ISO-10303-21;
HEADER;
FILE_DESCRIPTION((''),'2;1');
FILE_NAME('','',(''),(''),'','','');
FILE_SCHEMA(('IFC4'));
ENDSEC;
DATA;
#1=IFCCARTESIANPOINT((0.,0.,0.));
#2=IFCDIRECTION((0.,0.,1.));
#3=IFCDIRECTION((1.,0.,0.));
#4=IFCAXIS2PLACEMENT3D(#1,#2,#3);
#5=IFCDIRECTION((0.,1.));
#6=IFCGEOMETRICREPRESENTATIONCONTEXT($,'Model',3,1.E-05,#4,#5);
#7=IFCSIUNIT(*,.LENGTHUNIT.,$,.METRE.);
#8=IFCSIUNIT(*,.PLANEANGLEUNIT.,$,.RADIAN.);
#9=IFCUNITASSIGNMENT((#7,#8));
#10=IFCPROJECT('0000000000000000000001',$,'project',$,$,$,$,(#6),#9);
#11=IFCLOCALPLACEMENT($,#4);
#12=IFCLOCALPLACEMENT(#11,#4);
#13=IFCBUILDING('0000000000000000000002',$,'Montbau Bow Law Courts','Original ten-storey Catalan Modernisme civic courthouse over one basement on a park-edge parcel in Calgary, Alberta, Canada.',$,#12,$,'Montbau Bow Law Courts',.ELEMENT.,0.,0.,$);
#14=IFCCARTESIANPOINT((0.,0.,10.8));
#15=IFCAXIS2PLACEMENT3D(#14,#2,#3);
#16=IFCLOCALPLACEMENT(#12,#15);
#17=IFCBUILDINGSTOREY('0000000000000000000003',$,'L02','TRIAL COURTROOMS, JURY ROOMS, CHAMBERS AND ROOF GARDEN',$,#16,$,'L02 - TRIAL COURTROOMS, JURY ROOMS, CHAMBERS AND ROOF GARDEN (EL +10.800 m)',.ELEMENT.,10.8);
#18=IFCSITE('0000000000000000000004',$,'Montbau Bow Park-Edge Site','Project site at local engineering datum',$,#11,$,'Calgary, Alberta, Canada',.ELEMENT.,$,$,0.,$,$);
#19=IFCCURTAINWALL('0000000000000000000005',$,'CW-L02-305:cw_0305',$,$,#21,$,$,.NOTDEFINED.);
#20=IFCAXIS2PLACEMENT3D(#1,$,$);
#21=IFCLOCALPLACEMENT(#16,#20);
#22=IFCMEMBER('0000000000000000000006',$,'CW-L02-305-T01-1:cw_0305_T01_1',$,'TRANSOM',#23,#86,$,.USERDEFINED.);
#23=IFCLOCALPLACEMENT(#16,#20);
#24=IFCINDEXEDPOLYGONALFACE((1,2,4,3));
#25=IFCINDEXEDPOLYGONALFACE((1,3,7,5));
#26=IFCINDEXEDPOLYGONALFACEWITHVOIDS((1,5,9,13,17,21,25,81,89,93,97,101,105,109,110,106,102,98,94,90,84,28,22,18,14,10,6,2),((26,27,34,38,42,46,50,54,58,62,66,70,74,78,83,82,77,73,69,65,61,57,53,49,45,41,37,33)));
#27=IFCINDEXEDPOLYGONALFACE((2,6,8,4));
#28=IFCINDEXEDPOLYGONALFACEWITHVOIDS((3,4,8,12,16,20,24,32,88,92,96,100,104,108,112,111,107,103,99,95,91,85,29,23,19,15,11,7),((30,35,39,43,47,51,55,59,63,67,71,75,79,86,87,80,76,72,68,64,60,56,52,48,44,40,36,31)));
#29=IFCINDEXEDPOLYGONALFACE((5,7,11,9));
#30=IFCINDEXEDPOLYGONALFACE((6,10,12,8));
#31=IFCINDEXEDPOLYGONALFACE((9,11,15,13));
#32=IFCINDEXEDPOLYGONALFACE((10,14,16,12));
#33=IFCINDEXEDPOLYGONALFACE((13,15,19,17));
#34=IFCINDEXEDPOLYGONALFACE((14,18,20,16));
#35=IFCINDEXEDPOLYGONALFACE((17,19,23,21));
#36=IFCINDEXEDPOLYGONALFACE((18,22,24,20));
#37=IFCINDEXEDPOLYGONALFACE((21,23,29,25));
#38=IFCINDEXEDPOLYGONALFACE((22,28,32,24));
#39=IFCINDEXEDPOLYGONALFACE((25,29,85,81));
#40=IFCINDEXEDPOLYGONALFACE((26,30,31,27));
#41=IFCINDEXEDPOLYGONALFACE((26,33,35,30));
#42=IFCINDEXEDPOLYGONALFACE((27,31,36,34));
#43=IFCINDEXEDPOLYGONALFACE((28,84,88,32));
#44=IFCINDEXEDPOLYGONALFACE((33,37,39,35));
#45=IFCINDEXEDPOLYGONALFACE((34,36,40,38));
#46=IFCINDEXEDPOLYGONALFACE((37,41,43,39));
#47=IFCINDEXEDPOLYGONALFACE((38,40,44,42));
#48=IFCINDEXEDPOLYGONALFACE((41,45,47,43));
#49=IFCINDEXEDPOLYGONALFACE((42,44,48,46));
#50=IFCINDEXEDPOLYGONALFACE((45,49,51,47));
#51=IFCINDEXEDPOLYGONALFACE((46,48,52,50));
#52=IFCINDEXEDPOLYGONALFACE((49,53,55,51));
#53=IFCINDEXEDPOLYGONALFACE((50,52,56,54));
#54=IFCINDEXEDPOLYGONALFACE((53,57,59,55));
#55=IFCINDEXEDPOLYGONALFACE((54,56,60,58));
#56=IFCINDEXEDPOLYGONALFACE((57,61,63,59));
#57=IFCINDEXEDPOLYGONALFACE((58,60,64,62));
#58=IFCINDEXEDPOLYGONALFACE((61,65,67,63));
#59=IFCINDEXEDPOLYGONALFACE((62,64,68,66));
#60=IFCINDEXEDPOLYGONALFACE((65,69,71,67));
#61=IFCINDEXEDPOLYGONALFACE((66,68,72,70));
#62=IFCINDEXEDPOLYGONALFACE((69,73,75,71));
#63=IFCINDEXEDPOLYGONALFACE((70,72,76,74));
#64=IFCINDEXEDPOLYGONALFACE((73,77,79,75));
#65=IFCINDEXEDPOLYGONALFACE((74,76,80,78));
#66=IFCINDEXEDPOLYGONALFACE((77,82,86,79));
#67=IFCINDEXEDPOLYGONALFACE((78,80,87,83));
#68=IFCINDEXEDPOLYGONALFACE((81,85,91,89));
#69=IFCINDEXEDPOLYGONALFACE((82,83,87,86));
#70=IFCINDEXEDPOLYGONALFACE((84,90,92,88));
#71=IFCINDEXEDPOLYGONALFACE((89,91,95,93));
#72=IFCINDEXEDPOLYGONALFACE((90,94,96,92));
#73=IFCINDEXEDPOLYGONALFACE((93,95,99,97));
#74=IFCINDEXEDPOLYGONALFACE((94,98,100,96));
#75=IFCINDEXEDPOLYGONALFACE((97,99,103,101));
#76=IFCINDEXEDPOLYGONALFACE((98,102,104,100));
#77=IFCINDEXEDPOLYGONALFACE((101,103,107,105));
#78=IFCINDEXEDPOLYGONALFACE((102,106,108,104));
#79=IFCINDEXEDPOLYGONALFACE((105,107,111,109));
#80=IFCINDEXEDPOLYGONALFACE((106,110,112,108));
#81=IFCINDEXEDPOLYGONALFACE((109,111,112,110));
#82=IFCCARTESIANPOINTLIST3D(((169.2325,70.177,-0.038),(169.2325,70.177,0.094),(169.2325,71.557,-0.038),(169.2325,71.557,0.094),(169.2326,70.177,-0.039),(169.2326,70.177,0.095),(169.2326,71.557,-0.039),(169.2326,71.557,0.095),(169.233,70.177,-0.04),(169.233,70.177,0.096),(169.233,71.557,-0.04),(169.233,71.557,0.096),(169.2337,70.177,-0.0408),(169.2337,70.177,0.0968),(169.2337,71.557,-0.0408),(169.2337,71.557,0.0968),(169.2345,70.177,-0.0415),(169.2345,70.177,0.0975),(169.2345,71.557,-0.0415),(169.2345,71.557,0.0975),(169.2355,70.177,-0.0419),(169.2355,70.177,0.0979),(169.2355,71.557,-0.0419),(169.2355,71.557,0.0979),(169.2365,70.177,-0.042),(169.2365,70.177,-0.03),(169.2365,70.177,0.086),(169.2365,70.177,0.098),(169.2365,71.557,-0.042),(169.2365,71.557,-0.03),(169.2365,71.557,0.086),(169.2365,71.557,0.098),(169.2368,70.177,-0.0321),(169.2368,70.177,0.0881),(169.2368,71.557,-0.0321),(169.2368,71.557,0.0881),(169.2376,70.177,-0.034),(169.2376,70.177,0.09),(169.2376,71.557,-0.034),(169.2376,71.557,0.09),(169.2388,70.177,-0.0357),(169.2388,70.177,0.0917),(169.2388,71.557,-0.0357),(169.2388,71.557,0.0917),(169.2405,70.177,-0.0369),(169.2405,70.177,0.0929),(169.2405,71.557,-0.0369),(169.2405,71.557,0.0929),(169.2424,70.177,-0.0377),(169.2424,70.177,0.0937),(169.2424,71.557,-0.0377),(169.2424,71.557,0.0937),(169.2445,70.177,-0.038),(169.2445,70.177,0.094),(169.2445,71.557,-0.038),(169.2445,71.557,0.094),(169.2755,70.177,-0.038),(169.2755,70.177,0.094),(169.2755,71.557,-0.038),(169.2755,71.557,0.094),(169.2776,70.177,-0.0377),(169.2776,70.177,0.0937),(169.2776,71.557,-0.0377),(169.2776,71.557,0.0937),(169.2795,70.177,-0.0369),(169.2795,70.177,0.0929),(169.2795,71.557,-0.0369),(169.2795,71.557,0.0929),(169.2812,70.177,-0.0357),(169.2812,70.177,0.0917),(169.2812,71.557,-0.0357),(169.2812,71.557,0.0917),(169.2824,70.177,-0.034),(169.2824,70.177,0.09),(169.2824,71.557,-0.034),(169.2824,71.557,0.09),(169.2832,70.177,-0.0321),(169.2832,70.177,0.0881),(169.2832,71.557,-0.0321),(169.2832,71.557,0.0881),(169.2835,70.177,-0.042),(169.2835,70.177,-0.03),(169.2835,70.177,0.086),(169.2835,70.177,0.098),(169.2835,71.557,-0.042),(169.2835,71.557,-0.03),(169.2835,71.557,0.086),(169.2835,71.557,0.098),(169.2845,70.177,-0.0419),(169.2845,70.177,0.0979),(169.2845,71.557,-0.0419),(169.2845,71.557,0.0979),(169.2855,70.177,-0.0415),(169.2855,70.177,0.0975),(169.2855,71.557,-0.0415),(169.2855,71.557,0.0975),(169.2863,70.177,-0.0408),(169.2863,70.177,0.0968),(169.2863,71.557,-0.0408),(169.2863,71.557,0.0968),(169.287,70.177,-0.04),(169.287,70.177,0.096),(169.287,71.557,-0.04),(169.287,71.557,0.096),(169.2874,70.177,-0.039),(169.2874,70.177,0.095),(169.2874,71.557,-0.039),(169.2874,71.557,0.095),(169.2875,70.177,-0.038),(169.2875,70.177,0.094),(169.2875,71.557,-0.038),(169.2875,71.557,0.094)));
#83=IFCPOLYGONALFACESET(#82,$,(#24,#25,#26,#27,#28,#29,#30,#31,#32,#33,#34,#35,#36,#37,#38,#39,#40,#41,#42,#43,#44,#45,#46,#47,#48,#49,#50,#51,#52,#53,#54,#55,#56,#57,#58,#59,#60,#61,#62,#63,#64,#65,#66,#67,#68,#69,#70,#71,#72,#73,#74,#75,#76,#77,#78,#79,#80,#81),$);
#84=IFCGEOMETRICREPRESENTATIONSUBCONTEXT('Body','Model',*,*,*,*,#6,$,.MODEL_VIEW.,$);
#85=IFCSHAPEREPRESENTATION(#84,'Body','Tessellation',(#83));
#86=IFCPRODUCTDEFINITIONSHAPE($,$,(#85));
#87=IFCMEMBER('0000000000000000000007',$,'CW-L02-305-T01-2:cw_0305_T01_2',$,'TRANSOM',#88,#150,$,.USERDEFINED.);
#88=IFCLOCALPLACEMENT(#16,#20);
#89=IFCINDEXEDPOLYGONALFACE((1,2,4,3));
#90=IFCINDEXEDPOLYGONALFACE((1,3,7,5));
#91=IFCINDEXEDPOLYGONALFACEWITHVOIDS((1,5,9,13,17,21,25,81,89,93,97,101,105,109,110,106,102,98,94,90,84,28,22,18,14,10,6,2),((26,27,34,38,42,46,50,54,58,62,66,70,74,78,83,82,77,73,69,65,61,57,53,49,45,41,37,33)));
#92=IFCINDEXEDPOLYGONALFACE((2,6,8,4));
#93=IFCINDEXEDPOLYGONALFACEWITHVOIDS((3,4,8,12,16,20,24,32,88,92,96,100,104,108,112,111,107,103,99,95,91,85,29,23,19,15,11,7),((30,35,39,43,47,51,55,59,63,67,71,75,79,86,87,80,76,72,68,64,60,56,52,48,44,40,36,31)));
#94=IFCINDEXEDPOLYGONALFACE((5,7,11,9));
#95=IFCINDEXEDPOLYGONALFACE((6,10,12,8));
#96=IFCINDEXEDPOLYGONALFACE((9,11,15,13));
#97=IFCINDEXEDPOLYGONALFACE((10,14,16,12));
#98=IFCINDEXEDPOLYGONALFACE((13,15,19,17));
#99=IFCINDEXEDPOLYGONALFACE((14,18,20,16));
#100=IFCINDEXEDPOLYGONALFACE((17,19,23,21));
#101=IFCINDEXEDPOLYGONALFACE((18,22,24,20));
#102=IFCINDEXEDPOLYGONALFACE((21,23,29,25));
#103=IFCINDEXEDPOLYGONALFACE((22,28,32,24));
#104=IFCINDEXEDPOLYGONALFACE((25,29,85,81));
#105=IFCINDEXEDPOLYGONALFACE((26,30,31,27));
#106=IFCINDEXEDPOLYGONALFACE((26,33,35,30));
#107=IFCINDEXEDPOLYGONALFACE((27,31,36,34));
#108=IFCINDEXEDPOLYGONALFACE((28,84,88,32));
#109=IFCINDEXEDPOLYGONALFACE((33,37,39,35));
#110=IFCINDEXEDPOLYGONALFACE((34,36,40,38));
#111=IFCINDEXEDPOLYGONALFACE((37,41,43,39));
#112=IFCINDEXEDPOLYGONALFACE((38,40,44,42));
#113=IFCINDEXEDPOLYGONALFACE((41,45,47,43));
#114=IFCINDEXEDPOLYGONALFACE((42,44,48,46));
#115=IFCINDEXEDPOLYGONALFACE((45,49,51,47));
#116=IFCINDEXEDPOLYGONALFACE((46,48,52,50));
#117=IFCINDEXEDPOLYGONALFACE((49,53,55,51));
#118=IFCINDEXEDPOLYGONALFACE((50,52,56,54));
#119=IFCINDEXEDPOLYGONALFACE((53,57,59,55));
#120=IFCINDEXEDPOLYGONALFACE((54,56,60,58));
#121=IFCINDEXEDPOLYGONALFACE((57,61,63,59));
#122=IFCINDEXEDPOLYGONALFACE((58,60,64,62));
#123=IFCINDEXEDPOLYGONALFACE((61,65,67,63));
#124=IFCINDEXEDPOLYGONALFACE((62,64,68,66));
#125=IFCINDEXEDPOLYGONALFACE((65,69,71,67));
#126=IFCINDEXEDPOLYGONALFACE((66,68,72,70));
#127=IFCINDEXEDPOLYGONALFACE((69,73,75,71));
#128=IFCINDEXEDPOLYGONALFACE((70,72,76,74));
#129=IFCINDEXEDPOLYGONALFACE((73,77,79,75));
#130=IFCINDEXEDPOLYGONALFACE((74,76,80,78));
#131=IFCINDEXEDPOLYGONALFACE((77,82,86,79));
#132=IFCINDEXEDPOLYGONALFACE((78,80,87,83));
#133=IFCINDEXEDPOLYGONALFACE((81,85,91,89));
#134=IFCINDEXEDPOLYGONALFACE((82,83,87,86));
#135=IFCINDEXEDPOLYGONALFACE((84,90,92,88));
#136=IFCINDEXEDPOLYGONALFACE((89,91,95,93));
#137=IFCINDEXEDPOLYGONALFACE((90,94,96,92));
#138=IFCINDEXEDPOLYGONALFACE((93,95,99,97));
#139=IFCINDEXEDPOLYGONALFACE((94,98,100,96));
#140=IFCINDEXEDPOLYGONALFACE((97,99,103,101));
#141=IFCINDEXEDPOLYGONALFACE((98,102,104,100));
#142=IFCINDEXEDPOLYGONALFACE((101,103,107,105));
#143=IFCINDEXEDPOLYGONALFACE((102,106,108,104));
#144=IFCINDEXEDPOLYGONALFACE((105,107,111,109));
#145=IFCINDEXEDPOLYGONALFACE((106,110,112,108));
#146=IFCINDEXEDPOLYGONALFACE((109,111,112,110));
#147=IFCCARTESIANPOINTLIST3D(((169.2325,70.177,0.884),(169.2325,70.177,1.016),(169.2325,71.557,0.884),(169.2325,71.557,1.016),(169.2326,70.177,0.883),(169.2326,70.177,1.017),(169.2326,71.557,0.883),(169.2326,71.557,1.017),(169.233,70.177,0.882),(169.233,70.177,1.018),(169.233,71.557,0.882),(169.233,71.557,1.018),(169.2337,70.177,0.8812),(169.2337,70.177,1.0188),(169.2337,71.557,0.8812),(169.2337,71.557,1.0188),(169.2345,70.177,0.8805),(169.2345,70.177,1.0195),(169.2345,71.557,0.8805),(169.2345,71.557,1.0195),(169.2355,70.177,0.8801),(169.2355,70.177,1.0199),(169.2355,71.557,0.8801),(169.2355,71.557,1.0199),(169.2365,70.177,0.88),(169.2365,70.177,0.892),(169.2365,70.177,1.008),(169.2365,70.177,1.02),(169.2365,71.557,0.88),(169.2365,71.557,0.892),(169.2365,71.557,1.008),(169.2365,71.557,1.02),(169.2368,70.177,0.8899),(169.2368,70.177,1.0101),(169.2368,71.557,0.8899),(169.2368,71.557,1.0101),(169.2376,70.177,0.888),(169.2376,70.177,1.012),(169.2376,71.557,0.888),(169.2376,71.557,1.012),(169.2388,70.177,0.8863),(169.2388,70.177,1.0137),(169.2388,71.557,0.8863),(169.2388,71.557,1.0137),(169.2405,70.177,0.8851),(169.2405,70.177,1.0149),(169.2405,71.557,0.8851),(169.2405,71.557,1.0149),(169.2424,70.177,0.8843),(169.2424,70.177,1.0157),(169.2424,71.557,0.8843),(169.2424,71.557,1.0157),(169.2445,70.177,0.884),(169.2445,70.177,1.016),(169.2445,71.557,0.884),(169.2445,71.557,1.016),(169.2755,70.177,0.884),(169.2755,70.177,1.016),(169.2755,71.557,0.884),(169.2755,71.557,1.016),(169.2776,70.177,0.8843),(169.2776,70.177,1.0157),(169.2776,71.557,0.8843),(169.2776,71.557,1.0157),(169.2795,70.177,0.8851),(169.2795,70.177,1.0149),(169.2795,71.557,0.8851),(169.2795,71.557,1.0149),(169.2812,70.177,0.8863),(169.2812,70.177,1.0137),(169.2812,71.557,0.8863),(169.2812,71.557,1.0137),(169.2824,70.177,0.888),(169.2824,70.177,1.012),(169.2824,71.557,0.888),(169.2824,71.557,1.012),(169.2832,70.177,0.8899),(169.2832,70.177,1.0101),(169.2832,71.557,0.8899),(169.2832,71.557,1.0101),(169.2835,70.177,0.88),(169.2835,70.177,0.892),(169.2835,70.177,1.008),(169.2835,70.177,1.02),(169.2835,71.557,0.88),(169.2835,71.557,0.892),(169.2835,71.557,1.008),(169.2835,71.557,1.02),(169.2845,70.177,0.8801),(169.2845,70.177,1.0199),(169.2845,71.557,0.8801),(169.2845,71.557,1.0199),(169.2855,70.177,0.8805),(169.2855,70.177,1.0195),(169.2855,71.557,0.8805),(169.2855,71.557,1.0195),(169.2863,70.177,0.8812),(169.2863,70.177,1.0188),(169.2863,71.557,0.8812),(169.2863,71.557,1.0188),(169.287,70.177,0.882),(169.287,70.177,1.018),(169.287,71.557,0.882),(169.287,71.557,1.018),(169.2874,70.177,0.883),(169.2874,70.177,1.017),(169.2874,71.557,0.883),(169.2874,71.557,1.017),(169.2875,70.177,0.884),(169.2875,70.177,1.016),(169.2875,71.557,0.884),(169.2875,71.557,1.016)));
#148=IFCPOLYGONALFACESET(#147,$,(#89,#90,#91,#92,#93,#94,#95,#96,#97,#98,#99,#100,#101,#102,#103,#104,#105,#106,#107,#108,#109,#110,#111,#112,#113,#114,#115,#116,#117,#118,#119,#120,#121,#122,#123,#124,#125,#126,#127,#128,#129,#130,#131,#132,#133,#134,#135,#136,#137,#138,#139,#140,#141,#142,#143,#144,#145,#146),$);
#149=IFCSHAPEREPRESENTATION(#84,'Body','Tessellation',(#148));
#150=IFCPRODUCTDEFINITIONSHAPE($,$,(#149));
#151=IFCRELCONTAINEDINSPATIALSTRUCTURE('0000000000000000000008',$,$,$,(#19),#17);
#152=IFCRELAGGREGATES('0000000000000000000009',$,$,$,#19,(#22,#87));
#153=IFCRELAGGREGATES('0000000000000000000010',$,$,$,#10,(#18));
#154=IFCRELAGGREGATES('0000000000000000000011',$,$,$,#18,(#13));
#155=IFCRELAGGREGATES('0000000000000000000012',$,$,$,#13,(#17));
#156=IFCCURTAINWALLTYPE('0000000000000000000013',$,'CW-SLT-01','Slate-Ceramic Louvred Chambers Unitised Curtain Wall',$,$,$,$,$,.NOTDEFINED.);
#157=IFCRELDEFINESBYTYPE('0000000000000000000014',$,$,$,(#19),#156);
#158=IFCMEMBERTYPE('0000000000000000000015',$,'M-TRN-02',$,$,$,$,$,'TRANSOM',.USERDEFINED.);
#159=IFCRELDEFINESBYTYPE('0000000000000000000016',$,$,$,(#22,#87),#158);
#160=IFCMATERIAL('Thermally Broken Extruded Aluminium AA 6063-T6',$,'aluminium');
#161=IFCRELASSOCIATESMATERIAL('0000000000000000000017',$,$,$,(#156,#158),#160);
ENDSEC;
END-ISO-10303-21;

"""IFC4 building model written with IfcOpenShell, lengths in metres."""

from ifc_helpers import new_model, si_unit, direction, frame, origin_with_axes, origin_2d_with_axis, place, context, subcontext, project, spatial, hollow_rectangle, extrude, material, material_profile, profile_set, type_object, element, aggregate, save


model = new_model("IFC4")

# Units and contexts
model_context = context("Model", 3, precision=1e-05, world=origin_with_axes(), true_north=direction((0.0, 1.0)))
body_context = subcontext(model_context, "Body", "Model", "MODEL_VIEW")
ifc_project = project(units=[si_unit("LENGTHUNIT", "METRE"), si_unit("PLANEANGLEUNIT", "RADIAN")], contexts=[model_context])

# Site, building, storey
site_placement = place(None, origin_with_axes())
site = spatial("IfcSite", under=ifc_project, at=site_placement, Name="Montbau Bow Park-Edge Site", Description="Project site at local engineering datum", LongName="Calgary, Alberta, Canada", CompositionType="ELEMENT", RefElevation=0.0)
building_placement = place(site_placement, origin_with_axes())
building = spatial("IfcBuilding", under=site, at=building_placement, Name="Montbau Bow Law Courts", Description="Original ten-storey Catalan Modernisme civic courthouse over one basement on a park-edge parcel in Calgary, Alberta, Canada.", LongName="Montbau Bow Law Courts", CompositionType="ELEMENT", ElevationOfRefHeight=0.0, ElevationOfTerrain=0.0)
storey_placement = place(building_placement, frame((0.0, 0.0, 10.8), z_axis=(0.0, 0.0, 1.0), x_axis=(1.0, 0.0, 0.0)))
storey = spatial("IfcBuildingStorey", under=building, at=storey_placement, Name="L02", Description="TRIAL COURTROOMS, JURY ROOMS, CHAMBERS AND ROOF GARDEN", LongName="L02 - TRIAL COURTROOMS, JURY ROOMS, CHAMBERS AND ROOF GARDEN (EL +10.800 m)", CompositionType="ELEMENT", Elevation=10.8)

# Curtain wall
ifc_material_1 = material(Name="Thermally Broken Extruded Aluminium AA 6063-T6", Category="aluminium")
curtain_wall_type = type_object("IfcCurtainWallType", Name="CW-SLT-01", Description="Slate-Ceramic Louvred Chambers Unitised Curtain Wall", PredefinedType="NOTDEFINED", material=ifc_material_1)
curtain_wall_1_placement = place(None, frame((169.26, 70.115, 10.8), z_axis=(0.0, 0.0, 1.0), x_axis=(1.0, 0.0, 0.0)))
curtain_wall_1 = element("IfcCurtainWall", 1, at=curtain_wall_1_placement, inside=storey, type_object=curtain_wall_type, Name="CW-L02-305:cw_0305", PredefinedType="NOTDEFINED")

# Members
ifc_material_profile_1 = material_profile(ifc_material_1, hollow_rectangle(XDim=0.055, YDim=0.14, WallThickness=0.004, InnerFilletRadius=0.008, OuterFilletRadius=0.004, at=origin_2d_with_axis()), Name="CWT-140X55", Category="Main", Priority=0)
ifc_profile_set_1 = profile_set([ifc_material_profile_1], Name="Thermally Broken Extruded Aluminium AA 6063-T6")
member_type_1 = type_object("IfcMemberType", Name="M-TRN-02", ElementType="TRANSOM", PredefinedType="USERDEFINED", material=ifc_profile_set_1)
member_1_placement = place(None, frame((169.26, 70.177, 10.828), z_axis=(0.0, 1.0, 0.0), x_axis=(-1.0, 0.0, 0.0)))
member_1 = element("IfcMember", 2, at=member_1_placement, type_object=member_type_1, Name="CW-L02-305-T01-1:cw_0305_T01_1", ObjectType="TRANSOM", PredefinedType="USERDEFINED", context=body_context, shape_type="SweptSolid", body=[
    extrude(hollow_rectangle(XDim=0.055, YDim=0.14, WallThickness=0.004, InnerFilletRadius=0.008, OuterFilletRadius=0.004, at=origin_2d_with_axis()), origin_with_axes(), (0.0, 0.0, 1.0), 1.38),
])
member_2_placement = place(None, frame((169.26, 70.177, 11.75), z_axis=(0.0, 1.0, 0.0), x_axis=(-1.0, 0.0, 0.0)))
member_2 = element("IfcMember", 3, at=member_2_placement, type_object=member_type_1, Name="CW-L02-305-T01-2:cw_0305_T01_2", ObjectType="TRANSOM", PredefinedType="USERDEFINED", context=body_context, shape_type="SweptSolid", body=[
    extrude(hollow_rectangle(XDim=0.055, YDim=0.14, WallThickness=0.004, InnerFilletRadius=0.008, OuterFilletRadius=0.004, at=origin_2d_with_axis()), origin_with_axes(), (0.0, 0.0, 1.0), 1.38),
])

aggregate(curtain_wall_1, [member_1, member_2])

save(model, "model.ifc")
